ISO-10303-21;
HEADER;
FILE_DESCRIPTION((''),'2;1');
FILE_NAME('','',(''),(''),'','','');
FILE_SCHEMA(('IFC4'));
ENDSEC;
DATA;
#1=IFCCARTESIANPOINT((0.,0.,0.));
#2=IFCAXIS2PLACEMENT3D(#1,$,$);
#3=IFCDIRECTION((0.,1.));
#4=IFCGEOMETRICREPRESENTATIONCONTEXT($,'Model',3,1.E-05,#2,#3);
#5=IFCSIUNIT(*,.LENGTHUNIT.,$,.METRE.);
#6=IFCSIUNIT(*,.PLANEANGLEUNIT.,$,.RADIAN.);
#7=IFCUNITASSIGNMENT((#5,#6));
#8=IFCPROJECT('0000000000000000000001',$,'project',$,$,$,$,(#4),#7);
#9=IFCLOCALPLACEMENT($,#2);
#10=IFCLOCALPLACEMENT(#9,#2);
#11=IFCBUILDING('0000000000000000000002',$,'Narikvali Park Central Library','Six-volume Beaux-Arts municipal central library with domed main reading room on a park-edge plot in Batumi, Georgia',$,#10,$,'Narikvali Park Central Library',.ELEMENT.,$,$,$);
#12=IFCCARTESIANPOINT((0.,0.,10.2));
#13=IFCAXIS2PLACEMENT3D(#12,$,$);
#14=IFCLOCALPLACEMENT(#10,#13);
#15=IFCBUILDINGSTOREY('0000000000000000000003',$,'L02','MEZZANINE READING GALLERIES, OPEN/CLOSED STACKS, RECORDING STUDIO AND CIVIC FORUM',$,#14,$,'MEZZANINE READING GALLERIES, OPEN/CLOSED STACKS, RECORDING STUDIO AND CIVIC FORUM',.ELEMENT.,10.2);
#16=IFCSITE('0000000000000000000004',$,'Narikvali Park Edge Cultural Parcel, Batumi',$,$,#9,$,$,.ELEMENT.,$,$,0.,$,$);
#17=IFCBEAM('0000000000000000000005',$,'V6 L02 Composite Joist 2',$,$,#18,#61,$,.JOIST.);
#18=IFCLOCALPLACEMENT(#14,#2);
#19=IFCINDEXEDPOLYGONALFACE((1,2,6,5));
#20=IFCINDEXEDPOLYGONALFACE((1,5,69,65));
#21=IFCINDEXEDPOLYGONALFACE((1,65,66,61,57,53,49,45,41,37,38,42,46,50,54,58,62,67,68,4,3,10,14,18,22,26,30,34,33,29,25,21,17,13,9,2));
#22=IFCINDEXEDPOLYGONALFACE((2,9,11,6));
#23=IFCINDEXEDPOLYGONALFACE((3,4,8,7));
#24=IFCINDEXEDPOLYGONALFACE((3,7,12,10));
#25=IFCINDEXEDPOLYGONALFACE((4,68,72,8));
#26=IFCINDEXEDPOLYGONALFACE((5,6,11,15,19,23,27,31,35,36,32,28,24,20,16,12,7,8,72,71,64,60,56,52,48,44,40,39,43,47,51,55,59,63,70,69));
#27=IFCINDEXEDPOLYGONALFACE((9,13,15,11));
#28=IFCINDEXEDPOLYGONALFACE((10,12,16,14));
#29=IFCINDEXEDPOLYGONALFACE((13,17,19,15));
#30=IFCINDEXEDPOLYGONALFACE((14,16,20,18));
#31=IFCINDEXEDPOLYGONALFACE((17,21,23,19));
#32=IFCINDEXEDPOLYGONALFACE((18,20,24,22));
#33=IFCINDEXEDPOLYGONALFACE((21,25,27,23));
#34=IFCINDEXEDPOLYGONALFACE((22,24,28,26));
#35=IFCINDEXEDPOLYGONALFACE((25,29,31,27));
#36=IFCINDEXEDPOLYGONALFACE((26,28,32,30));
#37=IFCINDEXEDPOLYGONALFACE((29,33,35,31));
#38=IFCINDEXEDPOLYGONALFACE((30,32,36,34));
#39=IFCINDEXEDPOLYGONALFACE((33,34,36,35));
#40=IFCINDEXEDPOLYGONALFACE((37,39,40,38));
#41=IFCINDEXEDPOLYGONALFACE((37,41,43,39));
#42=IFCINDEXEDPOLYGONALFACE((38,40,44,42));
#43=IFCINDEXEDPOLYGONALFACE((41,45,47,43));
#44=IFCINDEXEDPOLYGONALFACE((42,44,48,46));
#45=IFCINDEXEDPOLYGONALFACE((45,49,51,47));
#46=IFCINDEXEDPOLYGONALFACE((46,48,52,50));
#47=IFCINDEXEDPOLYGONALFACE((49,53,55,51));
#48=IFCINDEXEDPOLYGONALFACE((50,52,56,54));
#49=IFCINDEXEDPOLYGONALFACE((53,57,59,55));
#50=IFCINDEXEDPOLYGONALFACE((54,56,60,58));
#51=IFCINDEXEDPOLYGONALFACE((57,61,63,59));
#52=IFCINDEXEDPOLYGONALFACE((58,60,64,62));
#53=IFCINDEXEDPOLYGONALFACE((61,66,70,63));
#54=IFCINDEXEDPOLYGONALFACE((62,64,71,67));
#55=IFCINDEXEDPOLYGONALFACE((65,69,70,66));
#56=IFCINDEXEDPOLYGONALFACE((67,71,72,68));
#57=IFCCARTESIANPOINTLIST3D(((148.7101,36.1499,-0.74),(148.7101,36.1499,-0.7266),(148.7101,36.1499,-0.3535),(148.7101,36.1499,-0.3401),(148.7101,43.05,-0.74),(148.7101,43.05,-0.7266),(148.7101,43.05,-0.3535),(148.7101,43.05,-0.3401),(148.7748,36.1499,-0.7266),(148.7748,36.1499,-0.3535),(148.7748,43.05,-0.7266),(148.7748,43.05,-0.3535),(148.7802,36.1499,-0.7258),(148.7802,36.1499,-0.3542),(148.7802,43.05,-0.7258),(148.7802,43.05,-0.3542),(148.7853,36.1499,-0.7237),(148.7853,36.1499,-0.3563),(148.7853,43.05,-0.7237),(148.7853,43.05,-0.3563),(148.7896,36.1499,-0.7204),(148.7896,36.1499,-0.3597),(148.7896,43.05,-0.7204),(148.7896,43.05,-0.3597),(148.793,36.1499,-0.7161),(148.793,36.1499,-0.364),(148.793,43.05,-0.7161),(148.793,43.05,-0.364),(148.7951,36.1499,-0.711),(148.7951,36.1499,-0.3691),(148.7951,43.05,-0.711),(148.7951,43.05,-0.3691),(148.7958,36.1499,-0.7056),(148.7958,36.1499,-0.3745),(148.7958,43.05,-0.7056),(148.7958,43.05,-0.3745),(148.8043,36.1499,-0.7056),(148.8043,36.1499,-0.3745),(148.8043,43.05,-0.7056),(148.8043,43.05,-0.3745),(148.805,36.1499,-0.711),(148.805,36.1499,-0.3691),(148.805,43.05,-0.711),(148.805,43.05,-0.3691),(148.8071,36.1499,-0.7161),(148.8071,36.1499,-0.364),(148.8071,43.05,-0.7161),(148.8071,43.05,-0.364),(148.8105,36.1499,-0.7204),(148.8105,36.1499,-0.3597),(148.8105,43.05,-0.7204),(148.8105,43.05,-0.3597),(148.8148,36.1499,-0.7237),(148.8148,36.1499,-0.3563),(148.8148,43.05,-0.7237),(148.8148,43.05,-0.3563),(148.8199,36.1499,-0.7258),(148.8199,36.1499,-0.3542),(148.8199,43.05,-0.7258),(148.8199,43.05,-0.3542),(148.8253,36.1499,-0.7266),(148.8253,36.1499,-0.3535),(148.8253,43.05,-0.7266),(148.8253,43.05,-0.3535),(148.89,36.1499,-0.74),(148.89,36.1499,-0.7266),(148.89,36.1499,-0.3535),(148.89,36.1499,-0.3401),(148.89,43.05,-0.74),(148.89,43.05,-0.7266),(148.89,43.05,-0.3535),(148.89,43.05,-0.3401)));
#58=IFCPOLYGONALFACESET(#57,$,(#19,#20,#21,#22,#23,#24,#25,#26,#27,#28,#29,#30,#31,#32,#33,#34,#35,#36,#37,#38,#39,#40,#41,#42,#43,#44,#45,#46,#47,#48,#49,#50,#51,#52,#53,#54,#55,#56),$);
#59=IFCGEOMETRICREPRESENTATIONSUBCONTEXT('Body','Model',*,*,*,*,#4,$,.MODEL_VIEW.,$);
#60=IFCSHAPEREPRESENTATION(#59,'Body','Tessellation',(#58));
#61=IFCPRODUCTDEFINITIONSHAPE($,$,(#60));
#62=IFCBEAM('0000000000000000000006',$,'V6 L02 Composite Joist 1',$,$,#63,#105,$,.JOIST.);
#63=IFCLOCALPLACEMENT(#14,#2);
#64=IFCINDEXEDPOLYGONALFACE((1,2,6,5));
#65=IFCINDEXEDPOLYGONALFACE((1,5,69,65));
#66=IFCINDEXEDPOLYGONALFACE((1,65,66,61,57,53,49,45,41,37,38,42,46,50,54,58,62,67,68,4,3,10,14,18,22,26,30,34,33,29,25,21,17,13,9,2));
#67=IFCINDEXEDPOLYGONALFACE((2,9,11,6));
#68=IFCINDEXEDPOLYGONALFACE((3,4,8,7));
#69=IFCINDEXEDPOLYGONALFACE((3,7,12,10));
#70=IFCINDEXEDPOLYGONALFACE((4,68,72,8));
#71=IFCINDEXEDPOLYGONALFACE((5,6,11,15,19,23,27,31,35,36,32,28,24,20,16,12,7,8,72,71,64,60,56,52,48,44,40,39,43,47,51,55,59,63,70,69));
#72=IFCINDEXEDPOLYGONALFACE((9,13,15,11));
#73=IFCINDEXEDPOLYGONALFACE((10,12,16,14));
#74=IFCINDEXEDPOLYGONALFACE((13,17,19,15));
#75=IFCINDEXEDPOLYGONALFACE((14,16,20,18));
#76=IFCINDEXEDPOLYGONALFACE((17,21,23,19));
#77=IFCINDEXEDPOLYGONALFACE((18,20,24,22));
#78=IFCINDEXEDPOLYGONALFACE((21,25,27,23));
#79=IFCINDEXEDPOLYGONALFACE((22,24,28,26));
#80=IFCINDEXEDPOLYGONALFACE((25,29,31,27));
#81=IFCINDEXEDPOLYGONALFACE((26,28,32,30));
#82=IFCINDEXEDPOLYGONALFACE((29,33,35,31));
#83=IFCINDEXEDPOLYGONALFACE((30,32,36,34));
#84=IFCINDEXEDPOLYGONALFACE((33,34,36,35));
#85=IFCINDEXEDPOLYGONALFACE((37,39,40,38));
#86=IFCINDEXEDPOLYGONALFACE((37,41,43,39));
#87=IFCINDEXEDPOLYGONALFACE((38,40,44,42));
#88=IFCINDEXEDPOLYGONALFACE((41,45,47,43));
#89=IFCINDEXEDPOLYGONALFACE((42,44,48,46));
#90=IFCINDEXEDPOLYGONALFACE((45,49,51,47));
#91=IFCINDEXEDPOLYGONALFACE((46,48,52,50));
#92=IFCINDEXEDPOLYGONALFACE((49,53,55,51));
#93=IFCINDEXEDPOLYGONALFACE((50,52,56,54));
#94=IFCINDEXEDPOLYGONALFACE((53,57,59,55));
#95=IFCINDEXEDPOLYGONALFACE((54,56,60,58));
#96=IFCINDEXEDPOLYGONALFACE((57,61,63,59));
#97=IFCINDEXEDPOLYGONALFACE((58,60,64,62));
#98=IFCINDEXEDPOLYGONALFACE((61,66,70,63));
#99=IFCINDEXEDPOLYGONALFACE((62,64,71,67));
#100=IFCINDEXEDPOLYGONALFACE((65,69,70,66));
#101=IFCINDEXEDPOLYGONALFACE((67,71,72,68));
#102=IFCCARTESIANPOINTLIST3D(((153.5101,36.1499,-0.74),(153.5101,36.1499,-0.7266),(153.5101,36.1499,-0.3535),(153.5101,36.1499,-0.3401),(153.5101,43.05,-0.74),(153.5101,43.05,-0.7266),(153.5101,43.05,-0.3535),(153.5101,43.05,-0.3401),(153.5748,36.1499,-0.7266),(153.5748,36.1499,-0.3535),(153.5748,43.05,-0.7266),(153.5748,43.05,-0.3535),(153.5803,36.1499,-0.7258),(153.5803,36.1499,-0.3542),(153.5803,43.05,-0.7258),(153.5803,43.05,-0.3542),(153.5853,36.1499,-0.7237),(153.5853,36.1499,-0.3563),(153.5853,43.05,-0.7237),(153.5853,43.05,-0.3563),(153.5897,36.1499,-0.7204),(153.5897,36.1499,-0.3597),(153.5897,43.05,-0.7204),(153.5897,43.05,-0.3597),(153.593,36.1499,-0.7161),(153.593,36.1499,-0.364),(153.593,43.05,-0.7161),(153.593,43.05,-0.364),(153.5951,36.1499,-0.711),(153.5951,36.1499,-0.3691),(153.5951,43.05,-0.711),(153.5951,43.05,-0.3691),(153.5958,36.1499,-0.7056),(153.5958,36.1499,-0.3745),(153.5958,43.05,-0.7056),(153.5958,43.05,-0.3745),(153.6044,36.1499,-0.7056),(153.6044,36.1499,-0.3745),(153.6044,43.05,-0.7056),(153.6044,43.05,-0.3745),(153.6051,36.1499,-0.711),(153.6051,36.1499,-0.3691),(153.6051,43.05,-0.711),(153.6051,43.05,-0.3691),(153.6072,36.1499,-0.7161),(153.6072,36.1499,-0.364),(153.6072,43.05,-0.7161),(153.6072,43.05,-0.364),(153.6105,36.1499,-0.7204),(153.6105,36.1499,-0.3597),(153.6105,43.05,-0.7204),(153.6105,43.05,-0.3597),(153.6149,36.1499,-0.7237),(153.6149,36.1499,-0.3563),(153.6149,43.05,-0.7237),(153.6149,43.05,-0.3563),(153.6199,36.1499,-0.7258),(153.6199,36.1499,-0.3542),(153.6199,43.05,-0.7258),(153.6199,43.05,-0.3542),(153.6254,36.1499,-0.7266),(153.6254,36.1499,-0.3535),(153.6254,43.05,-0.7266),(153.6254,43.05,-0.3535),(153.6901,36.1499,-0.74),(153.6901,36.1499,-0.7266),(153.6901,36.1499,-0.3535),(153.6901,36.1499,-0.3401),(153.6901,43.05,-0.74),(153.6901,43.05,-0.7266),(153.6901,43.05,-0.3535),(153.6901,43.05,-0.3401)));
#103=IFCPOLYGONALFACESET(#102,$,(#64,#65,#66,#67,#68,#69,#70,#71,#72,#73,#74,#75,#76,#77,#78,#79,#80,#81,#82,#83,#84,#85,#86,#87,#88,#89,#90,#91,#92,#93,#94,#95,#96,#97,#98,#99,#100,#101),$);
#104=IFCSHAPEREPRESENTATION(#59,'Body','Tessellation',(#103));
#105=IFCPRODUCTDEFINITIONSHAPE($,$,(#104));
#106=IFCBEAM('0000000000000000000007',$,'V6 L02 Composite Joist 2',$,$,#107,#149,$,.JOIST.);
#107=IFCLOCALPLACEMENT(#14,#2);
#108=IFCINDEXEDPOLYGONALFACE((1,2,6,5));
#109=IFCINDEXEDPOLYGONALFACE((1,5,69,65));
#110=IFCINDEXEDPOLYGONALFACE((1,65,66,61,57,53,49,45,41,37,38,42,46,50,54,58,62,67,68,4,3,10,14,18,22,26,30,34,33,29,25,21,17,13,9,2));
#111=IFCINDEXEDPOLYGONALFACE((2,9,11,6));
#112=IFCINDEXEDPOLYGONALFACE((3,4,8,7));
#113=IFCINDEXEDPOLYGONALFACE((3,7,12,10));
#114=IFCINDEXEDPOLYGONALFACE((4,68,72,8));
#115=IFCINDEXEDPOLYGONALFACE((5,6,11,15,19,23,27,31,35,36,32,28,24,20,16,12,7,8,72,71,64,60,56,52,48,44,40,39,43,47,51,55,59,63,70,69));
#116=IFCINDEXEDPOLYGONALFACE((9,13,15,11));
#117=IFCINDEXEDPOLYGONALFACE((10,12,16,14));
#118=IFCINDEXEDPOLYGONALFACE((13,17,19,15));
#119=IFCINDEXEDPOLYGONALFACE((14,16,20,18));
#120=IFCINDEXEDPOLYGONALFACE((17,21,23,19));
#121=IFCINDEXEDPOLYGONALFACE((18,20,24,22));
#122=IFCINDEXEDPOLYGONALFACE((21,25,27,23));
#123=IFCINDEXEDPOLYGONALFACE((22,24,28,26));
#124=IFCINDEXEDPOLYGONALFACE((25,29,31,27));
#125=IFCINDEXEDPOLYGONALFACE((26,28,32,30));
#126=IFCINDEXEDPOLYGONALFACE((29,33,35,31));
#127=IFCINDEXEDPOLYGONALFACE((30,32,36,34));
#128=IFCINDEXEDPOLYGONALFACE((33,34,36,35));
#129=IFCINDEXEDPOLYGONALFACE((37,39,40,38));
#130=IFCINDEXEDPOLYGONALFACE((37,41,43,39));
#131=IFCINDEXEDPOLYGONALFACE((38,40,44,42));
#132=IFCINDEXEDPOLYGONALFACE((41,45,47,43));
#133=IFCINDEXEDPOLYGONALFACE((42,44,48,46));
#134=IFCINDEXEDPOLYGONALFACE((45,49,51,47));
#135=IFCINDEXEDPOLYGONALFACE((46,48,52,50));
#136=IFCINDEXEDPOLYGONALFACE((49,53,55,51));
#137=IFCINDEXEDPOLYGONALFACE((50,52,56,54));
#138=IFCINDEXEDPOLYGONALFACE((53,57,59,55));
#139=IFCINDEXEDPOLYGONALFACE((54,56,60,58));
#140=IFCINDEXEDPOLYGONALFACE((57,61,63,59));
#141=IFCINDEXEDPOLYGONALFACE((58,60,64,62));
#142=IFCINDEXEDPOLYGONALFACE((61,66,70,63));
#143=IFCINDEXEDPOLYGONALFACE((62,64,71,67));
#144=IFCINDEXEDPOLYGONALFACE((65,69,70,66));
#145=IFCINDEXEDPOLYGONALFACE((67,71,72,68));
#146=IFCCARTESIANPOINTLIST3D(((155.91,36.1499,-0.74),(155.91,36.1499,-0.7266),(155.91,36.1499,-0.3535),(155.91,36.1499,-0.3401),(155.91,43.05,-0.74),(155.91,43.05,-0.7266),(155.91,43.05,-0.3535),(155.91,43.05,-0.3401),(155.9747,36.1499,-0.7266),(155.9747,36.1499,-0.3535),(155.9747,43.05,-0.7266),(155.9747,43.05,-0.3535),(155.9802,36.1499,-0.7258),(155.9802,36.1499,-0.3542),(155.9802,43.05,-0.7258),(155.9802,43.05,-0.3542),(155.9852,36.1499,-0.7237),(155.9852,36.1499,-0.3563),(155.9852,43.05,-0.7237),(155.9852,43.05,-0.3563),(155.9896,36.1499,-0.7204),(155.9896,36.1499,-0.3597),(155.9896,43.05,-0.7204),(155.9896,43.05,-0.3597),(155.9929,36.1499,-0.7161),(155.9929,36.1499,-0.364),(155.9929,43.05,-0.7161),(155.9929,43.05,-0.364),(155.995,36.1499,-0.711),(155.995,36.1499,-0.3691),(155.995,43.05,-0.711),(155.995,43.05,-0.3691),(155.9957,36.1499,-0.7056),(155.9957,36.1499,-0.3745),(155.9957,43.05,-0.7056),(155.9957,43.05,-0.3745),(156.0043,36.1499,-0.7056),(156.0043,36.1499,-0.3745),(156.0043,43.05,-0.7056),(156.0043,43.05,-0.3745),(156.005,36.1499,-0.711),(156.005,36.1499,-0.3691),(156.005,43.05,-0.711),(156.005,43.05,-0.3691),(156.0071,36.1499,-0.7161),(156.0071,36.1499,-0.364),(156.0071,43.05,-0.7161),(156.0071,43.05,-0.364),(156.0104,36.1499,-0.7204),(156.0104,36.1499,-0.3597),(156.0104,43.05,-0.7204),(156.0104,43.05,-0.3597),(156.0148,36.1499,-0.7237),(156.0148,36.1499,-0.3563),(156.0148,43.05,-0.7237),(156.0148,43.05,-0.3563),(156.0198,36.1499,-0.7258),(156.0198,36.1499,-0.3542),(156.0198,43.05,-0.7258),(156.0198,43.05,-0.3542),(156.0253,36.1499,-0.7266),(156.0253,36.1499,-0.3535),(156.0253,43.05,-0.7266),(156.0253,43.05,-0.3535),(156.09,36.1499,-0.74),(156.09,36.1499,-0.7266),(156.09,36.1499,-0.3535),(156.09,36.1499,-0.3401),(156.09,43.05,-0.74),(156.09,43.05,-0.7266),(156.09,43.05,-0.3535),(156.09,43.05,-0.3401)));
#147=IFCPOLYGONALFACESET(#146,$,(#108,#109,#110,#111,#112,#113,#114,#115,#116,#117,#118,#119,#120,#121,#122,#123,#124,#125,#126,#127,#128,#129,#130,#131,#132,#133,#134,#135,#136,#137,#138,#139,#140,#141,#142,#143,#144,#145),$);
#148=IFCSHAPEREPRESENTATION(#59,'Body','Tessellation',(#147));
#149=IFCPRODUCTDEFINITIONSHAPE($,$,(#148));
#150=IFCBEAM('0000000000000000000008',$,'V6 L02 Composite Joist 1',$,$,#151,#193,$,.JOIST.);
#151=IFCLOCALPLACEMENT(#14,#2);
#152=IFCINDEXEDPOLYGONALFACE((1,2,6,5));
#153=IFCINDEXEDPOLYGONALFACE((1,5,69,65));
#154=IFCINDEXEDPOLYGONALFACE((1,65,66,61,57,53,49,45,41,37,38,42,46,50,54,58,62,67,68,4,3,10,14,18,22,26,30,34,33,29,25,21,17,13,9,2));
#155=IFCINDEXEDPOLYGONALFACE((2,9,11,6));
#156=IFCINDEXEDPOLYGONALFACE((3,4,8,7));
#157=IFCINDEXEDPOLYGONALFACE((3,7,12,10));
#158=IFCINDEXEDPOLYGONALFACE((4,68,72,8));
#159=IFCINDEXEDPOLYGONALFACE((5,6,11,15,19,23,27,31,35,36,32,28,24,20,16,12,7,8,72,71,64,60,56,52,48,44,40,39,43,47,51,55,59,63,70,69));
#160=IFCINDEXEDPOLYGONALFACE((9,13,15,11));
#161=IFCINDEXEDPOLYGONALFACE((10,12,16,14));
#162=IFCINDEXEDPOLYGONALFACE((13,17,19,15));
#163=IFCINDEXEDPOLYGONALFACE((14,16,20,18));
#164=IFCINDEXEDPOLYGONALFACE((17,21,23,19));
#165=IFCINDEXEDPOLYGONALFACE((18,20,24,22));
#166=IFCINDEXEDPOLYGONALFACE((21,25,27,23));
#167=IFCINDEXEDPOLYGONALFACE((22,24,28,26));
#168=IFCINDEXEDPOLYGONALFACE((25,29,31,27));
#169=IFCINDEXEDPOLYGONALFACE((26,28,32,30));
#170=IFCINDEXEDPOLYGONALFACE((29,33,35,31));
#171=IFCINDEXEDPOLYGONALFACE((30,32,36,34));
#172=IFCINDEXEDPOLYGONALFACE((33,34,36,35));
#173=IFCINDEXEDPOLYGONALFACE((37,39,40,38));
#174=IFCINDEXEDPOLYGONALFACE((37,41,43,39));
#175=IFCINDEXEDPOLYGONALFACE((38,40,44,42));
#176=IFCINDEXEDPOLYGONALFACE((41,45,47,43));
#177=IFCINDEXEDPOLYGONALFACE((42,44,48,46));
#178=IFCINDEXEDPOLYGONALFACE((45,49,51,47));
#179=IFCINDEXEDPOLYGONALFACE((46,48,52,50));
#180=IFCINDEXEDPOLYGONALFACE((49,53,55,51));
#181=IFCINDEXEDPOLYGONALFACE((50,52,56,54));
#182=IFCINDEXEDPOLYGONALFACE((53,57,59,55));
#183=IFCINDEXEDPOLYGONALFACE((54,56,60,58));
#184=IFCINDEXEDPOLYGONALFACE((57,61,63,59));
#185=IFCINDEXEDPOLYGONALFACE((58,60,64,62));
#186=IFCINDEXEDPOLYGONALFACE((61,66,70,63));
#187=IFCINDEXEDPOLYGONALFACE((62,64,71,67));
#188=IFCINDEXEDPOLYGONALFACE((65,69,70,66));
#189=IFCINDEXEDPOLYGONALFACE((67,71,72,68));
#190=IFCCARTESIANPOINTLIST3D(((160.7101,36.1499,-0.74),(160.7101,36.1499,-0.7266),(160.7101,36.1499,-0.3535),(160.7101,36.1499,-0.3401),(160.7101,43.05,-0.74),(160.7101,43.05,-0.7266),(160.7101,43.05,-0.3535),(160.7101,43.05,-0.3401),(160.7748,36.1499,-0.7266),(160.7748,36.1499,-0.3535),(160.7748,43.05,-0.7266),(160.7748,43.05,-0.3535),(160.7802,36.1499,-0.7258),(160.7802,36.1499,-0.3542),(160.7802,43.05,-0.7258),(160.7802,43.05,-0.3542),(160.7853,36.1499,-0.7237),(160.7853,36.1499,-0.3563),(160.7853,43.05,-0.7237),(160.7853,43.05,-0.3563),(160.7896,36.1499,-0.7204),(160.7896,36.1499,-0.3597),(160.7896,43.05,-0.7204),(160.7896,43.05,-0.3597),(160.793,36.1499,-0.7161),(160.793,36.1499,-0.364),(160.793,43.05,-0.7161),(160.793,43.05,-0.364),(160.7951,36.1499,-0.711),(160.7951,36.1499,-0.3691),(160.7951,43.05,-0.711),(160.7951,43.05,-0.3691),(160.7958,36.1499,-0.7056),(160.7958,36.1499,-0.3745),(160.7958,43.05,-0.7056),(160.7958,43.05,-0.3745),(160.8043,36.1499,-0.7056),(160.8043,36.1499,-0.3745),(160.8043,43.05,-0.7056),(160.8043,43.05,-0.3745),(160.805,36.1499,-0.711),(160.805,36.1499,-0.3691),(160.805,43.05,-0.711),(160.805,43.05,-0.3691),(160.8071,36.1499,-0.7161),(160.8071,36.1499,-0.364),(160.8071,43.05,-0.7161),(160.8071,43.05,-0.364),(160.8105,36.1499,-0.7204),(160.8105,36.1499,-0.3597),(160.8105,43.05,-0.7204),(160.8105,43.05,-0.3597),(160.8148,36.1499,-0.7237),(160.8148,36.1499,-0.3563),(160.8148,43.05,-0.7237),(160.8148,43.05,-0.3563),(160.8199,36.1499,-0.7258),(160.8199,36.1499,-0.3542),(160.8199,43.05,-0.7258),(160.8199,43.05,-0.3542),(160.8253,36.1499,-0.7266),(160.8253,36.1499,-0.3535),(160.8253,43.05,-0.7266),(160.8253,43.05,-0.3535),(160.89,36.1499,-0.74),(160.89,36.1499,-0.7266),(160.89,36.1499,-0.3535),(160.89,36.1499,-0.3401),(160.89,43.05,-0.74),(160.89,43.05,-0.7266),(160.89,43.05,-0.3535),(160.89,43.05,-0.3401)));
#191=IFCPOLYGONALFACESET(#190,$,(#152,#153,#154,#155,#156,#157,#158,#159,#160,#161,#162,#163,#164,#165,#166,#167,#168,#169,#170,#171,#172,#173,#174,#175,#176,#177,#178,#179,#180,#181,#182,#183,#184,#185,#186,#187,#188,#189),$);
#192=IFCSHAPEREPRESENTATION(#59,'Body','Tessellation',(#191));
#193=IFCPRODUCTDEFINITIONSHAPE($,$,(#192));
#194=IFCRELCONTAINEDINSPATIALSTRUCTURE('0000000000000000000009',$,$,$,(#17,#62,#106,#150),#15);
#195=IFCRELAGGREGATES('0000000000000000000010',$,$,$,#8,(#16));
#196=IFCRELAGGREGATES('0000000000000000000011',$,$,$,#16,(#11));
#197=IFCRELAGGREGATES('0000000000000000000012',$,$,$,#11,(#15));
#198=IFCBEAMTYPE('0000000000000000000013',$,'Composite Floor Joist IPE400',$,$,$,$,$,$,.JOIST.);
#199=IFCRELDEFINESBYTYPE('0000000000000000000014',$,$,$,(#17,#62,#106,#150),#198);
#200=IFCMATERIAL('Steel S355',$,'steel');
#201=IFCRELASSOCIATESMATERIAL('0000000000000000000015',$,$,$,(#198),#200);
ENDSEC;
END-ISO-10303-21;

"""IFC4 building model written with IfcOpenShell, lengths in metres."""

from ifc_helpers import new_model, si_unit, direction, frame, origin, origin_2d, place, context, subcontext, project, spatial, i_section, extrude, material, material_profile, profile_set, type_object, element, save


model = new_model("IFC4")

# Units and contexts
model_context = context("Model", 3, precision=1e-05, world=origin(), true_north=direction((0.0, 1.0)))
body_context = subcontext(model_context, "Body", "Model", "MODEL_VIEW")
ifc_project = project(units=[si_unit("LENGTHUNIT", "METRE"), si_unit("PLANEANGLEUNIT", "RADIAN")], contexts=[model_context])

# Site, building, storey
site_placement = place(None, origin())
site = spatial("IfcSite", under=ifc_project, at=site_placement, Name="Narikvali Park Edge Cultural Parcel, Batumi", CompositionType="ELEMENT", RefElevation=0.0)
building_placement = place(site_placement, origin())
building = spatial("IfcBuilding", under=site, at=building_placement, Name="Narikvali Park Central Library", Description="Six-volume Beaux-Arts municipal central library with domed main reading room on a park-edge plot in Batumi, Georgia", LongName="Narikvali Park Central Library", CompositionType="ELEMENT")
storey_placement = place(building_placement, frame((0.0, 0.0, 10.2)))
storey = spatial("IfcBuildingStorey", under=building, at=storey_placement, Name="L02", Description="MEZZANINE READING GALLERIES, OPEN/CLOSED STACKS, RECORDING STUDIO AND CIVIC FORUM", LongName="MEZZANINE READING GALLERIES, OPEN/CLOSED STACKS, RECORDING STUDIO AND CIVIC FORUM", CompositionType="ELEMENT", Elevation=10.2)

# Beams
ifc_material_1 = material(Name="Steel S355", Category="steel")
ifc_material_profile_1 = material_profile(ifc_material_1, i_section(OverallWidth=0.1799, OverallDepth=0.3999, WebThickness=0.0085, FlangeThickness=0.0134, FilletRadius=0.021, at=origin_2d()), Name="IPE 400")
ifc_profile_set_1 = profile_set([ifc_material_profile_1], Name="Steel S355")
beam_type_1 = type_object("IfcBeamType", Name="Composite Floor Joist IPE400", PredefinedType="JOIST", material=ifc_profile_set_1)
for number, where, z_axis, x_axis, name in (
    (1, (148.8, 36.1499, -0.54), (0.0, 1.0, 0.0), (-1.0, 0.0, 0.0), "V6 L02 Composite Joist 2"),
    (2, (153.6001, 36.1499, -0.54), (0.0, 1.0, 0.0), (-1.0, 0.0, 0.0), "V6 L02 Composite Joist 1"),
    (3, (156.0, 36.1499, -0.54), (0.0, 1.0, 0.0), (-1.0, 0.0, 0.0), "V6 L02 Composite Joist 2"),
    (4, (160.8, 36.1499, -0.54), (0.0, 1.0, 0.0), (-1.0, 0.0, 0.0), "V6 L02 Composite Joist 1"),
):
    element("IfcBeam", number, at=place(storey_placement, frame(where, z_axis=z_axis, x_axis=x_axis)), inside=storey, type_object=beam_type_1, Name=name, PredefinedType="JOIST", context=body_context, shape_type="SweptSolid", body=[
        extrude(i_section(OverallWidth=0.1799, OverallDepth=0.3999, WebThickness=0.0085, FlangeThickness=0.0134, FilletRadius=0.021, at=origin_2d()), origin(), (0.0, 0.0, 1.0), 6.9001),
    ])

save(model, "model.ifc")
